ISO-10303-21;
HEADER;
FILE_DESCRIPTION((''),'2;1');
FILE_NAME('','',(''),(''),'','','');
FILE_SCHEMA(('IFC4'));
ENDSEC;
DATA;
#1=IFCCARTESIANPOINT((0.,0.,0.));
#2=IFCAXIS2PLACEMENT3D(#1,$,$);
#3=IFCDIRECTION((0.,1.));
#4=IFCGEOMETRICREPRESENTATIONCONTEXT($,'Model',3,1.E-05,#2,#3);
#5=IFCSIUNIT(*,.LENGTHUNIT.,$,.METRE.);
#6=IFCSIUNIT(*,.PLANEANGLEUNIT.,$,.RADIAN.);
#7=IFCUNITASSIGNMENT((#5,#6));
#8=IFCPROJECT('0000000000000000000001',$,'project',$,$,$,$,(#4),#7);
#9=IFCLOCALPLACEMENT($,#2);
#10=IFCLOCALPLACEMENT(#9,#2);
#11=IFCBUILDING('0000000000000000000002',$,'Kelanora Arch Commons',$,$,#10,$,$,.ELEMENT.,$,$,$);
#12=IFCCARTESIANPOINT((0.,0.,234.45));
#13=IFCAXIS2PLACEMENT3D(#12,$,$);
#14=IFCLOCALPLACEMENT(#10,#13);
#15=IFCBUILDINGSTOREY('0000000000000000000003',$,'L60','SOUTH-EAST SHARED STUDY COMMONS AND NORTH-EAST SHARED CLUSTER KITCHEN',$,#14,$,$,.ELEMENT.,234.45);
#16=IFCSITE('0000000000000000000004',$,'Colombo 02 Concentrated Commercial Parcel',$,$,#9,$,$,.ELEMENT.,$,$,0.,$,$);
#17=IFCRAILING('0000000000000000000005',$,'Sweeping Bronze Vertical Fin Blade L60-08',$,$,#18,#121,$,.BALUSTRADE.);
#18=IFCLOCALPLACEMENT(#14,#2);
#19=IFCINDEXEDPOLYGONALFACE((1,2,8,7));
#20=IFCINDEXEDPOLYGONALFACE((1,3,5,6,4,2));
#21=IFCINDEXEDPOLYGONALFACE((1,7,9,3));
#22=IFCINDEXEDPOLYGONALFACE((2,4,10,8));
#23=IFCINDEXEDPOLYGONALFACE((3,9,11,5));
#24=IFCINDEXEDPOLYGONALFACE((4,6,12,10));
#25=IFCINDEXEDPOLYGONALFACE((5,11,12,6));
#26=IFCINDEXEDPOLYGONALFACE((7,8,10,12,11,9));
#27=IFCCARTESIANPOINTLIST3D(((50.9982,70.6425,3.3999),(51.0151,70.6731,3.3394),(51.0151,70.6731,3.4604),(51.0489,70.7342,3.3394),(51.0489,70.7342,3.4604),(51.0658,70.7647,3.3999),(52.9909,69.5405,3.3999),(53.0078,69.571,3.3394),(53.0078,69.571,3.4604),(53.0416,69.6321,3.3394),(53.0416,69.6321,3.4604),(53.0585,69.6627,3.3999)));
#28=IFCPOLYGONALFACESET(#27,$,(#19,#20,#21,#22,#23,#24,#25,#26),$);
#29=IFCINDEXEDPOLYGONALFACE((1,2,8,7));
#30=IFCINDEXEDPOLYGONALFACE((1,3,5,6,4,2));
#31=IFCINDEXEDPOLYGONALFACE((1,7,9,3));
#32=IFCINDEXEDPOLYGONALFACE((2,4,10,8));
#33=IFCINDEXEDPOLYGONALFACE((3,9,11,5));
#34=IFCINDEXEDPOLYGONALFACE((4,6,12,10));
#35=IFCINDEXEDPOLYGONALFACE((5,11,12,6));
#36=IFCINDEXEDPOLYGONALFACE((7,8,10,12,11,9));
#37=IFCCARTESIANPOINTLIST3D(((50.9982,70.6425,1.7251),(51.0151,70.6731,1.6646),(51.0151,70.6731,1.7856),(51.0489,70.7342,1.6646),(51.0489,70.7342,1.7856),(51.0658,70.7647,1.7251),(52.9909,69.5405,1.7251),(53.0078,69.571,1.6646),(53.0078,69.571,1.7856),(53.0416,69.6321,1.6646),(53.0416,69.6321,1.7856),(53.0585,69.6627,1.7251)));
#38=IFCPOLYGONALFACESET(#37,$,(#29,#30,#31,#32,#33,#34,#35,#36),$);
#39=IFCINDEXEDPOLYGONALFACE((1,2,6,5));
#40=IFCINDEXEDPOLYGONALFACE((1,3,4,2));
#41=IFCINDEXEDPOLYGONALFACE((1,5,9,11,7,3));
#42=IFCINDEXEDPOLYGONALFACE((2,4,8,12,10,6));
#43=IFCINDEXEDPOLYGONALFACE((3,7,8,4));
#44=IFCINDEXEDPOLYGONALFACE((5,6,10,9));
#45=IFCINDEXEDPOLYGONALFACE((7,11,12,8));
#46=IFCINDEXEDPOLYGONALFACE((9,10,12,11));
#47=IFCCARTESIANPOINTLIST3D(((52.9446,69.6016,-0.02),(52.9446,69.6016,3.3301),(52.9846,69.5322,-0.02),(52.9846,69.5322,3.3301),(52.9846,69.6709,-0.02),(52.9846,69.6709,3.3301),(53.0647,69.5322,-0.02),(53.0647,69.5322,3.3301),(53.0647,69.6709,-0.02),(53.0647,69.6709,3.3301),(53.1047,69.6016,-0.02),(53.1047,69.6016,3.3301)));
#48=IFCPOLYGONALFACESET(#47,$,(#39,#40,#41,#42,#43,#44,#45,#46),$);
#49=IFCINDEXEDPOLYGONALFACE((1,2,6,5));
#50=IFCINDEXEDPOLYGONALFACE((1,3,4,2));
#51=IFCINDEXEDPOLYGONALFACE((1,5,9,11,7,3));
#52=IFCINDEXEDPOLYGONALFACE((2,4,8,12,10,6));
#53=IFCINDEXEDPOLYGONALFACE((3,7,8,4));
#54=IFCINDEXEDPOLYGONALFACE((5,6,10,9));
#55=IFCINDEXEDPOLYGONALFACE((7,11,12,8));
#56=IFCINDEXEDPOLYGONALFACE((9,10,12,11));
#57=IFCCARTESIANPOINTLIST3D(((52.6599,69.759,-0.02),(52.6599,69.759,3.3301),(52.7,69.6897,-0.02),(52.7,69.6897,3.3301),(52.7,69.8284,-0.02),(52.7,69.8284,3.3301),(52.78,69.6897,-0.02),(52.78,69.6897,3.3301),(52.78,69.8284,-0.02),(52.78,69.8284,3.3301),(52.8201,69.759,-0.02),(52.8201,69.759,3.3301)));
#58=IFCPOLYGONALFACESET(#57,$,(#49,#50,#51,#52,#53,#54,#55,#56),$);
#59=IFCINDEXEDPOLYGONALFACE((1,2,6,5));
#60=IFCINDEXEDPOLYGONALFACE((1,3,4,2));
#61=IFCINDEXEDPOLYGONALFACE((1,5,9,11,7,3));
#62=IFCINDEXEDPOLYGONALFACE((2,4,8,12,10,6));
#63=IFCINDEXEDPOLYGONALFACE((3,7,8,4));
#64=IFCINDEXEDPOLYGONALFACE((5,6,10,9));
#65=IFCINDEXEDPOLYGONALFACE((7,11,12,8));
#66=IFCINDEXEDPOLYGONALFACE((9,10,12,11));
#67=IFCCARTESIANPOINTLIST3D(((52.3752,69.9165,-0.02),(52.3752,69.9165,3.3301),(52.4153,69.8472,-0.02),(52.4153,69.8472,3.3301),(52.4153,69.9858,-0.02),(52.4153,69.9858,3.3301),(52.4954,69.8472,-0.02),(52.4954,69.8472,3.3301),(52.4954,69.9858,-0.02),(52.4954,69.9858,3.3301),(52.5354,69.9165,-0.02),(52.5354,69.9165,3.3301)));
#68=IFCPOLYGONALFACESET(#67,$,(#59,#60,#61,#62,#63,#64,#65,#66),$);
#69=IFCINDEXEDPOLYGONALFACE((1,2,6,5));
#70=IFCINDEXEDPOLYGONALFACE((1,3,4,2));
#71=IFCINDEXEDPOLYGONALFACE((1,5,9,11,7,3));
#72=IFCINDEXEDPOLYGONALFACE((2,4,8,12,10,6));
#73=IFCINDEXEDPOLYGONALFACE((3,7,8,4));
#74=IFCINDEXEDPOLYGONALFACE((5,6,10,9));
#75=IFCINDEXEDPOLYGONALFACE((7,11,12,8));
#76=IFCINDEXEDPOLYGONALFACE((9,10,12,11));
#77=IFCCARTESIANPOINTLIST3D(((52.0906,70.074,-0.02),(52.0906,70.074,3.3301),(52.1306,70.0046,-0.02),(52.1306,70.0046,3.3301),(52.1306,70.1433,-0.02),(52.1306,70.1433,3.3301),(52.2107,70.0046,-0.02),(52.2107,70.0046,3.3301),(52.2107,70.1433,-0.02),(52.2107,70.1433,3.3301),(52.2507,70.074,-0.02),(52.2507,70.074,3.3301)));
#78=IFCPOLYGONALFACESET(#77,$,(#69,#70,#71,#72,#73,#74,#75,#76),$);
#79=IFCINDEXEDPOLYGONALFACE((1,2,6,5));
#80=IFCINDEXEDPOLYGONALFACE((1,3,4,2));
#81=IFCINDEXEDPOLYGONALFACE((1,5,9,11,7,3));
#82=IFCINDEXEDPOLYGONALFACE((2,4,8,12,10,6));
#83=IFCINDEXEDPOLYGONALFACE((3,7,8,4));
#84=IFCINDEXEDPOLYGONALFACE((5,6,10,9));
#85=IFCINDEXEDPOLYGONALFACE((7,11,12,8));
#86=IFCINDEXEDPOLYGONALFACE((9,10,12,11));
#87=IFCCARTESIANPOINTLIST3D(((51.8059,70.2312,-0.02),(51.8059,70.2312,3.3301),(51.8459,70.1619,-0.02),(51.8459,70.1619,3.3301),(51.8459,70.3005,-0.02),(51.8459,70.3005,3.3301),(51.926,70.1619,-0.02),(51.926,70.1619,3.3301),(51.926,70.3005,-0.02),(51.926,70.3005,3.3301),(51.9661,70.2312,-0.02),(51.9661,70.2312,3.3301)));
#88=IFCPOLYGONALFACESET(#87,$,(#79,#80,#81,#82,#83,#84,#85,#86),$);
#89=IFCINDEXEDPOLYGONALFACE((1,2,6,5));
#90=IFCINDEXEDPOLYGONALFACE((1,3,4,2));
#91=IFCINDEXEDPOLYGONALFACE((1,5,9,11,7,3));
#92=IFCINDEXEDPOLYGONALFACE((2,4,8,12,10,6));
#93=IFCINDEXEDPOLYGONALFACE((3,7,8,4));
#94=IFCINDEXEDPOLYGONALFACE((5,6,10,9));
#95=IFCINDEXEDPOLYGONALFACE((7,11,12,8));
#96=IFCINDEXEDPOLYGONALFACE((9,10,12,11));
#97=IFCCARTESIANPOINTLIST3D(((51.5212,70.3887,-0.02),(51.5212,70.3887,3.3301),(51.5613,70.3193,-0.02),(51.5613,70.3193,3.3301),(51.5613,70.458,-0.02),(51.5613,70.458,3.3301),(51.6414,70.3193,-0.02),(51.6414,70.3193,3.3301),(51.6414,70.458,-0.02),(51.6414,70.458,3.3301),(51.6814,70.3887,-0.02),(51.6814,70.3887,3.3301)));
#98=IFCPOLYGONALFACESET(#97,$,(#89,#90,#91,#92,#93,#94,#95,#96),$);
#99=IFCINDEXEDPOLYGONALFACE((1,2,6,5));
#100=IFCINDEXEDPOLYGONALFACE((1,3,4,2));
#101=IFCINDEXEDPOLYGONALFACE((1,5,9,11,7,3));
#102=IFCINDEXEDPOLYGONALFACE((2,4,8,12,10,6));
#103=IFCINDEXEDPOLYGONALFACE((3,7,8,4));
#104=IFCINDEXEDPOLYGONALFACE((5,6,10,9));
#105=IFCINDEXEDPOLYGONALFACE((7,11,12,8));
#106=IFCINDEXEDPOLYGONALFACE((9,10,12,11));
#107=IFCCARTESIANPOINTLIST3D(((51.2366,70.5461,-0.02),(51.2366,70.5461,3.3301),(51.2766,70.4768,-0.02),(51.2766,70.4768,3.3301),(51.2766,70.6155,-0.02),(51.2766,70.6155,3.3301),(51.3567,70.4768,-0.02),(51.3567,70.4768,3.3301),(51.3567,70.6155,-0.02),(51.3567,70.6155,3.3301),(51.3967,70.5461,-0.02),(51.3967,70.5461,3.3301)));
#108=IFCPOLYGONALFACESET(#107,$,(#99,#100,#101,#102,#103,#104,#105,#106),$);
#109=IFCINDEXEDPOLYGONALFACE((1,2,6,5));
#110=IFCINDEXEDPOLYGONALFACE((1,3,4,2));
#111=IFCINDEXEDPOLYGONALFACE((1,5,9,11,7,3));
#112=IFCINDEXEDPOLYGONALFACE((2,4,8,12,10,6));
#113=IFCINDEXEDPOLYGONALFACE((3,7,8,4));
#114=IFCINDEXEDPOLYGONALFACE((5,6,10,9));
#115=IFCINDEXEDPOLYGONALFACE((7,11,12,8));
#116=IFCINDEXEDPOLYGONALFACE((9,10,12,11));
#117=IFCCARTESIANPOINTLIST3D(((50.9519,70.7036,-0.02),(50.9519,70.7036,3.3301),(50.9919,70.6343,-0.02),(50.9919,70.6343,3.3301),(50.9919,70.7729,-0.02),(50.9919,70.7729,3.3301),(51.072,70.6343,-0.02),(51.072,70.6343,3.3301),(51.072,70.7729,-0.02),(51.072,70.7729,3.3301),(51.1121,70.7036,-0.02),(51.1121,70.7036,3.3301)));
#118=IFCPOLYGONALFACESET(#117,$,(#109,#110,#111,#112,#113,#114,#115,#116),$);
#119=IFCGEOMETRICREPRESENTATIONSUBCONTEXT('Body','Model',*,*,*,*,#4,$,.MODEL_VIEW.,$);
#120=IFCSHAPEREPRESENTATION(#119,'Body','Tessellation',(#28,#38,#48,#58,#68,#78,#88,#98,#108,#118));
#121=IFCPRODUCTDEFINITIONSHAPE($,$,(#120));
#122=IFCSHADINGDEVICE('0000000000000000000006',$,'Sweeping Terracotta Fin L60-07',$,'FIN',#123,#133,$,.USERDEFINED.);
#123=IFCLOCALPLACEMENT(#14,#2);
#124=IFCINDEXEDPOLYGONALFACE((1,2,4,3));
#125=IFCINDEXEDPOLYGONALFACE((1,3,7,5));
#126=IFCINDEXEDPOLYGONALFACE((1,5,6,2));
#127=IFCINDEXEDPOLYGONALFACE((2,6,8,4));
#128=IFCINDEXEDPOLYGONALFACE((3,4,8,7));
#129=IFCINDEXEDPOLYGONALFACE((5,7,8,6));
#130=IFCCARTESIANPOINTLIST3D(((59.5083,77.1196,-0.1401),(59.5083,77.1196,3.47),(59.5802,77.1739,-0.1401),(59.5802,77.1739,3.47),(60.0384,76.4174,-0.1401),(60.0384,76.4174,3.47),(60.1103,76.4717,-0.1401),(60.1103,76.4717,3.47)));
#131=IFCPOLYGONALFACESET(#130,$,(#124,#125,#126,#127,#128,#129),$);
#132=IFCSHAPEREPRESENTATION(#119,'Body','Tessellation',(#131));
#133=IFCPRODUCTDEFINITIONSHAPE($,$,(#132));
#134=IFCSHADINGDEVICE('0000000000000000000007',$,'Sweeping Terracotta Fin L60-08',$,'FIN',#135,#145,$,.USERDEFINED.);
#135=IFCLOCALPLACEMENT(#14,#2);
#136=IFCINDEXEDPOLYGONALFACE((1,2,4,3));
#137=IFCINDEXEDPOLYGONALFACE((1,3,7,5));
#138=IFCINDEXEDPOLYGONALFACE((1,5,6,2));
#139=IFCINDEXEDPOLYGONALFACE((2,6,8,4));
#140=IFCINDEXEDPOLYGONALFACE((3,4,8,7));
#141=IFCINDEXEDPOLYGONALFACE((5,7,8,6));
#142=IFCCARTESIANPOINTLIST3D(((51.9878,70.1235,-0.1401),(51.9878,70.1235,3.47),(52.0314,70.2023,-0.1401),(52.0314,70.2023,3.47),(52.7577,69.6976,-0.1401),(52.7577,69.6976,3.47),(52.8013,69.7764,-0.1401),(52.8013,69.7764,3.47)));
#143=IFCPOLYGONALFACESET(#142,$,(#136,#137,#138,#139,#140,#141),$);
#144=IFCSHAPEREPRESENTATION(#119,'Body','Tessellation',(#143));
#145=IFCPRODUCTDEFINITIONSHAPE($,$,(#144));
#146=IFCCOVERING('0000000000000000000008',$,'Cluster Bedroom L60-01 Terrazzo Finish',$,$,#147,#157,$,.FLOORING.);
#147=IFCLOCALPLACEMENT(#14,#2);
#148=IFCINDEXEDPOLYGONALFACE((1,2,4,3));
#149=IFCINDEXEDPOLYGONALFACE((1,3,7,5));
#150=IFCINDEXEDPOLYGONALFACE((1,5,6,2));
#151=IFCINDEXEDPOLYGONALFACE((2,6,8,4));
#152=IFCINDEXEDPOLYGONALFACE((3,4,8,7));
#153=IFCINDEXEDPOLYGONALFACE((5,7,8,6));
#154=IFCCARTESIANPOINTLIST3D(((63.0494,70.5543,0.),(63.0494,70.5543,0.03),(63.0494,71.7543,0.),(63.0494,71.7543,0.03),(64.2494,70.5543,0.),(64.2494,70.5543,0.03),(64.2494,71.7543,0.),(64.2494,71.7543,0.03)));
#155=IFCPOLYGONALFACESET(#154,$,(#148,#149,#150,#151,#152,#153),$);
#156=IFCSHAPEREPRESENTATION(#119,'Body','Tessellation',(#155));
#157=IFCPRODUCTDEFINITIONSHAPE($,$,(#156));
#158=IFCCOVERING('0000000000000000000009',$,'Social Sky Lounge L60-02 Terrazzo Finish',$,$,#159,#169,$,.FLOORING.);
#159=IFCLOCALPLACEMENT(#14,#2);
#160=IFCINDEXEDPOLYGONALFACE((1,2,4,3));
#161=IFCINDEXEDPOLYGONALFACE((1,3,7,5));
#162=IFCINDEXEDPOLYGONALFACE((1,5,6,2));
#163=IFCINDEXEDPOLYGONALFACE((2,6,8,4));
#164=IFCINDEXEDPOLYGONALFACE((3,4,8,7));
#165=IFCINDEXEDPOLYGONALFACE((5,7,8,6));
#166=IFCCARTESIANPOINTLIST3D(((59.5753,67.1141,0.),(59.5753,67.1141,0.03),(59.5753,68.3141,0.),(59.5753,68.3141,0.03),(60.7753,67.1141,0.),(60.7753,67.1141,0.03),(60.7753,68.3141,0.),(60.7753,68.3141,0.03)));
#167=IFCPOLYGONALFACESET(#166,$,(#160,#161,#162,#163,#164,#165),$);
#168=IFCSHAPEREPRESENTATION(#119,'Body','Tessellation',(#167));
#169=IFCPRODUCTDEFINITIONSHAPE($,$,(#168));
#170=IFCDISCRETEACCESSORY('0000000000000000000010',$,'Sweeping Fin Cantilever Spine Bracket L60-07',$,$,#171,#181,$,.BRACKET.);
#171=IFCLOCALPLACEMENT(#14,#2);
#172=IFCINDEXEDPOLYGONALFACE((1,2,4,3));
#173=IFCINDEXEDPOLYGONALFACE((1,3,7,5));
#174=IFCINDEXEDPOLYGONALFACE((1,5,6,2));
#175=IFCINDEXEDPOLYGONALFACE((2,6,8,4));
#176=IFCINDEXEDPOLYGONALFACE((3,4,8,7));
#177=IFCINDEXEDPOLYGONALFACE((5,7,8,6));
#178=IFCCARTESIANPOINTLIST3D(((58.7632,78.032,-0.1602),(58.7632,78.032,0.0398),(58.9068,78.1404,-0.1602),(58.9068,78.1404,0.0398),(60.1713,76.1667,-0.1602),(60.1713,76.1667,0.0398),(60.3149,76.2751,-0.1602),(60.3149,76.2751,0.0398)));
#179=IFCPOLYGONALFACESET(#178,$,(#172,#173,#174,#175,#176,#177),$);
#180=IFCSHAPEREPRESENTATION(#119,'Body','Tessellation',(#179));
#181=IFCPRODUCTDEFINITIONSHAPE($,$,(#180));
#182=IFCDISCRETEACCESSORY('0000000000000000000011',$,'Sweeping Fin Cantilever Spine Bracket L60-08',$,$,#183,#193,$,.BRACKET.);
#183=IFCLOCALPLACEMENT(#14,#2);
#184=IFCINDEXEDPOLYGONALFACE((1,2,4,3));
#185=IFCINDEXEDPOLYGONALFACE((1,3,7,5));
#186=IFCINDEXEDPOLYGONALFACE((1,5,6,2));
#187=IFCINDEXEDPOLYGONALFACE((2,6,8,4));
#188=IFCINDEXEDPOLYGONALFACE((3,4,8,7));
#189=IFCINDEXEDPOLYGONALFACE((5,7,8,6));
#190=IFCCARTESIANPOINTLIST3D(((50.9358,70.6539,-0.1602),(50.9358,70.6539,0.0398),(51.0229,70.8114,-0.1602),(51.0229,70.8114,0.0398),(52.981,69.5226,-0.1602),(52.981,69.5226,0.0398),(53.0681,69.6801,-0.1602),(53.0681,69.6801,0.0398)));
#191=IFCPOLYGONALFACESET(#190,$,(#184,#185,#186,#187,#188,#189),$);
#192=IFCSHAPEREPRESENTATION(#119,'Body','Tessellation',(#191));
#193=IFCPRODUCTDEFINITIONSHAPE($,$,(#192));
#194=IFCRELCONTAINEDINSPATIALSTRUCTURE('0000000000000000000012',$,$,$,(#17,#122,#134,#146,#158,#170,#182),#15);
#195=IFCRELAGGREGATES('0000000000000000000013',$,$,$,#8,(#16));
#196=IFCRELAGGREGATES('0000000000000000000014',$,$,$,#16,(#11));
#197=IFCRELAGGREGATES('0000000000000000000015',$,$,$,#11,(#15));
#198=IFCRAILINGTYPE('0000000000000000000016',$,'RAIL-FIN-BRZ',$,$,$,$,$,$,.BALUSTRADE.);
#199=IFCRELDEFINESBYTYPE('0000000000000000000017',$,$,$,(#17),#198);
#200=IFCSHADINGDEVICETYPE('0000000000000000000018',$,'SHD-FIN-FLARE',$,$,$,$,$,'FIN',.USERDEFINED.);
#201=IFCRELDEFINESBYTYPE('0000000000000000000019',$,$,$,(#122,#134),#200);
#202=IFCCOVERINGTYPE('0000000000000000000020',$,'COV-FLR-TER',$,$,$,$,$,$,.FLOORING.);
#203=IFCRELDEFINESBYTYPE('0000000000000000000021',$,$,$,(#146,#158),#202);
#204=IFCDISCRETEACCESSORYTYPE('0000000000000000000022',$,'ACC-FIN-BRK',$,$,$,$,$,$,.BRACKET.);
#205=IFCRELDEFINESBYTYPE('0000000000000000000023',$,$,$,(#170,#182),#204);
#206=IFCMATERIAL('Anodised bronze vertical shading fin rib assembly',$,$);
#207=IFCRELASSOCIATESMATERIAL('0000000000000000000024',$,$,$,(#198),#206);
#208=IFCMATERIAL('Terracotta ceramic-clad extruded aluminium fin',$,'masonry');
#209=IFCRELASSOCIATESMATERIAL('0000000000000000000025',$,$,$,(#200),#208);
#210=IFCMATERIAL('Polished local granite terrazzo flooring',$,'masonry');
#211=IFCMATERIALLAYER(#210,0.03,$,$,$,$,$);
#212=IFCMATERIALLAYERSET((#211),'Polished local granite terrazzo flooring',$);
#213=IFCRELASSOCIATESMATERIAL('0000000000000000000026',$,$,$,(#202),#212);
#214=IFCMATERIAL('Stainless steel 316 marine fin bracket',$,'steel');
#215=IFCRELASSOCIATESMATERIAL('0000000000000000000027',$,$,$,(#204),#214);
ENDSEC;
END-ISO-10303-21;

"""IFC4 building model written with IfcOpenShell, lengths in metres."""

from ifc_helpers import new_model, si_unit, direction, frame, origin, origin_2d, place, context, subcontext, project, spatial, polyline, rectangle, outline, extrude, source, transform, mapped, material, layer, layer_set, type_object, element, save


model = new_model("IFC4")

# Units and contexts
model_context = context("Model", 3, precision=1e-05, world=origin(), true_north=direction((0.0, 1.0)))
body_context = subcontext(model_context, "Body", "Model", "MODEL_VIEW")
ifc_project = project(units=[si_unit("LENGTHUNIT", "METRE"), si_unit("PLANEANGLEUNIT", "RADIAN")], contexts=[model_context])

# Site, building, storey
site_placement = place(None, origin())
site = spatial("IfcSite", under=ifc_project, at=site_placement, Name="Colombo 02 Concentrated Commercial Parcel", CompositionType="ELEMENT", RefElevation=0.0)
building_placement = place(site_placement, origin())
building = spatial("IfcBuilding", under=site, at=building_placement, Name="Kelanora Arch Commons", CompositionType="ELEMENT")
storey_placement = place(building_placement, frame((0.0, 0.0, 234.45)))
storey = spatial("IfcBuildingStorey", under=building, at=storey_placement, Name="L60", Description="SOUTH-EAST SHARED STUDY COMMONS AND NORTH-EAST SHARED CLUSTER KITCHEN", CompositionType="ELEMENT", Elevation=234.45)

# Railing
ifc_material_1 = material(Name="Anodised bronze vertical shading fin rib assembly")
railing_type = type_object("IfcRailingType", Name="RAIL-FIN-BRZ", PredefinedType="BALUSTRADE", material=ifc_material_1)
railing_1_placement = place(storey_placement, frame((53.0247, 69.6016, -0.02)))
element("IfcRailing", 1, at=railing_1_placement, inside=storey, type_object=railing_type, Name="Sweeping Bronze Vertical Fin Blade L60-08", PredefinedType="BALUSTRADE", context=body_context, shape_type="SweptSolid", body=[
    extrude(outline(polyline([(0.0698, 0.0), (0.0349, 0.0605), (-0.0349, 0.0605), (-0.0698, 0.0), (-0.0349, -0.0605), (0.0349, -0.0605), (0.0698, 0.0)])), frame((0.0, 0.0, 3.4199), z_axis=(-0.875086, 0.483967, 0.0), x_axis=(-0.483967, -0.875086, 0.0)), (0.0, 0.0, 1.0), 2.2771),
    extrude(outline(polyline([(0.0698, 0.0), (0.0349, 0.0605), (-0.0349, 0.0605), (-0.0698, 0.0), (-0.0349, -0.0605), (0.0349, -0.0605), (0.0698, 0.0)])), frame((0.0, 0.0, 1.7451), z_axis=(-0.875086, 0.483967, 0.0), x_axis=(-0.483967, -0.875086, 0.0)), (0.0, 0.0, 1.0), 2.2771),
    extrude(outline(polyline([(0.0801, 0.0), (0.04, 0.0693), (-0.04, 0.0693), (-0.0801, 0.0), (-0.04, -0.0693), (0.04, -0.0693), (0.0801, 0.0)])), origin(), (0.0, 0.0, 1.0), 3.3501),
    extrude(outline(polyline([(0.0801, 0.0), (0.04, 0.0693), (-0.04, 0.0693), (-0.0801, 0.0), (-0.04, -0.0693), (0.04, -0.0693), (0.0801, 0.0)])), frame((-0.2847, 0.1575, 0.0)), (0.0, 0.0, 1.0), 3.3501),
    extrude(outline(polyline([(0.0801, 0.0), (0.04, 0.0693), (-0.04, 0.0693), (-0.0801, 0.0), (-0.04, -0.0693), (0.04, -0.0693), (0.0801, 0.0)])), frame((-0.5693, 0.3149, 0.0)), (0.0, 0.0, 1.0), 3.3501),
    extrude(outline(polyline([(0.0801, 0.0), (0.04, 0.0693), (-0.04, 0.0693), (-0.0801, 0.0), (-0.04, -0.0693), (0.04, -0.0693), (0.0801, 0.0)])), frame((-0.854, 0.4724, 0.0)), (0.0, 0.0, 1.0), 3.3501),
    extrude(outline(polyline([(0.0801, 0.0), (0.04, 0.0693), (-0.04, 0.0693), (-0.0801, 0.0), (-0.04, -0.0693), (0.04, -0.0693), (0.0801, 0.0)])), frame((-1.1387, 0.6296, 0.0)), (0.0, 0.0, 1.0), 3.3501),
    extrude(outline(polyline([(0.0801, 0.0), (0.04, 0.0693), (-0.04, 0.0693), (-0.0801, 0.0), (-0.04, -0.0693), (0.04, -0.0693), (0.0801, 0.0)])), frame((-1.4233, 0.7871, 0.0)), (0.0, 0.0, 1.0), 3.3501),
    extrude(outline(polyline([(0.0801, 0.0), (0.04, 0.0693), (-0.04, 0.0693), (-0.0801, 0.0), (-0.04, -0.0693), (0.04, -0.0693), (0.0801, 0.0)])), frame((-1.708, 0.9446, 0.0)), (0.0, 0.0, 1.0), 3.3501),
    extrude(outline(polyline([(0.0801, 0.0), (0.04, 0.0693), (-0.04, 0.0693), (-0.0801, 0.0), (-0.04, -0.0693), (0.04, -0.0693), (0.0801, 0.0)])), frame((-1.9927, 1.1021, 0.0)), (0.0, 0.0, 1.0), 3.3501),
])

# Shading devices
ifc_material_2 = material(Name="Terracotta ceramic-clad extruded aluminium fin", Category="masonry")
shading_device_type = type_object("IfcShadingDeviceType", Name="SHD-FIN-FLARE", ElementType="FIN", PredefinedType="USERDEFINED", material=ifc_material_2)
shared_shape_1 = source(origin(), body_context, "Body", "SweptSolid", [
    extrude(rectangle(XDim=0.8799, YDim=0.0901, at=origin_2d()), origin(), (0.0, 0.0, 1.0), 3.6101),
])
for number, where, z_axis, x_axis, name in (
    (2, (59.8093, 76.7957, -0.1401), (0.0, 0.0, 1.0), (-0.602512, 0.79811, 0.0), "Sweeping Terracotta Fin L60-07"),
    (3, (52.3945, 69.95, -0.1401), (0.0, 0.0, 1.0), (-0.875042, 0.484046, 0.0), "Sweeping Terracotta Fin L60-08"),
):
    element("IfcShadingDevice", number, at=place(storey_placement, frame(where, z_axis=z_axis, x_axis=x_axis)), inside=storey, type_object=shading_device_type, Name=name, ObjectType="FIN", PredefinedType="USERDEFINED", context=body_context, shape_type="MappedRepresentation", body=[
        mapped(shared_shape_1, transform((0.0, 0.0, 0.0), scale=1.0)),
    ])

# Coverings
ifc_material_3 = material(Name="Polished local granite terrazzo flooring", Category="masonry")
ifc_layer_1 = layer(ifc_material_3, 0.03)
ifc_layer_set_1 = layer_set([ifc_layer_1], Name="Polished local granite terrazzo flooring")
covering_type = type_object("IfcCoveringType", Name="COV-FLR-TER", PredefinedType="FLOORING", material=ifc_layer_set_1)
shared_shape_2 = source(origin(), body_context, "Body", "SweptSolid", [
    extrude(rectangle(XDim=1.2, YDim=1.2, at=origin_2d()), origin(), (0.0, 0.0, 1.0), 0.03),
])
for number, where, z_axis, x_axis, name in (
    (4, (63.6494, 71.1543, 0.0), (0.0, 0.0, 1.0), (1.0, 0.0, 0.0), "Cluster Bedroom L60-01 Terrazzo Finish"),
    (5, (60.1753, 67.7141, 0.0), (0.0, 0.0, 1.0), (1.0, 0.0, 0.0), "Social Sky Lounge L60-02 Terrazzo Finish"),
):
    element("IfcCovering", number, at=place(storey_placement, frame(where, z_axis=z_axis, x_axis=x_axis)), inside=storey, type_object=covering_type, Name=name, PredefinedType="FLOORING", context=body_context, shape_type="MappedRepresentation", body=[
        mapped(shared_shape_2, transform((0.0, 0.0, 0.0), scale=1.0)),
    ])

# Discrete accessories
ifc_material_4 = material(Name="Stainless steel 316 marine fin bracket", Category="steel")
discrete_accessory_type = type_object("IfcDiscreteAccessoryType", Name="ACC-FIN-BRK", PredefinedType="BRACKET", material=ifc_material_4)
shared_shape_3 = source(origin(), body_context, "Body", "SweptSolid", [
    extrude(rectangle(XDim=2.3372, YDim=0.1799, at=origin_2d()), origin(), (0.0, 0.0, 1.0), 0.2),
])
for number, where, z_axis, x_axis, name in (
    (6, (59.5391, 77.1536, -0.1602), (0.0, 0.0, 1.0), (-0.602512, 0.79811, 0.0), "Sweeping Fin Cantilever Spine Bracket L60-07"),
    (7, (52.002, 70.167, -0.1602), (0.0, 0.0, 1.0), (-0.875042, 0.484046, 0.0), "Sweeping Fin Cantilever Spine Bracket L60-08"),
):
    element("IfcDiscreteAccessory", number, at=place(storey_placement, frame(where, z_axis=z_axis, x_axis=x_axis)), inside=storey, type_object=discrete_accessory_type, Name=name, PredefinedType="BRACKET", context=body_context, shape_type="MappedRepresentation", body=[
        mapped(shared_shape_3, transform((0.0, 0.0, 0.0), scale=1.0)),
    ])

save(model, "model.ifc")
